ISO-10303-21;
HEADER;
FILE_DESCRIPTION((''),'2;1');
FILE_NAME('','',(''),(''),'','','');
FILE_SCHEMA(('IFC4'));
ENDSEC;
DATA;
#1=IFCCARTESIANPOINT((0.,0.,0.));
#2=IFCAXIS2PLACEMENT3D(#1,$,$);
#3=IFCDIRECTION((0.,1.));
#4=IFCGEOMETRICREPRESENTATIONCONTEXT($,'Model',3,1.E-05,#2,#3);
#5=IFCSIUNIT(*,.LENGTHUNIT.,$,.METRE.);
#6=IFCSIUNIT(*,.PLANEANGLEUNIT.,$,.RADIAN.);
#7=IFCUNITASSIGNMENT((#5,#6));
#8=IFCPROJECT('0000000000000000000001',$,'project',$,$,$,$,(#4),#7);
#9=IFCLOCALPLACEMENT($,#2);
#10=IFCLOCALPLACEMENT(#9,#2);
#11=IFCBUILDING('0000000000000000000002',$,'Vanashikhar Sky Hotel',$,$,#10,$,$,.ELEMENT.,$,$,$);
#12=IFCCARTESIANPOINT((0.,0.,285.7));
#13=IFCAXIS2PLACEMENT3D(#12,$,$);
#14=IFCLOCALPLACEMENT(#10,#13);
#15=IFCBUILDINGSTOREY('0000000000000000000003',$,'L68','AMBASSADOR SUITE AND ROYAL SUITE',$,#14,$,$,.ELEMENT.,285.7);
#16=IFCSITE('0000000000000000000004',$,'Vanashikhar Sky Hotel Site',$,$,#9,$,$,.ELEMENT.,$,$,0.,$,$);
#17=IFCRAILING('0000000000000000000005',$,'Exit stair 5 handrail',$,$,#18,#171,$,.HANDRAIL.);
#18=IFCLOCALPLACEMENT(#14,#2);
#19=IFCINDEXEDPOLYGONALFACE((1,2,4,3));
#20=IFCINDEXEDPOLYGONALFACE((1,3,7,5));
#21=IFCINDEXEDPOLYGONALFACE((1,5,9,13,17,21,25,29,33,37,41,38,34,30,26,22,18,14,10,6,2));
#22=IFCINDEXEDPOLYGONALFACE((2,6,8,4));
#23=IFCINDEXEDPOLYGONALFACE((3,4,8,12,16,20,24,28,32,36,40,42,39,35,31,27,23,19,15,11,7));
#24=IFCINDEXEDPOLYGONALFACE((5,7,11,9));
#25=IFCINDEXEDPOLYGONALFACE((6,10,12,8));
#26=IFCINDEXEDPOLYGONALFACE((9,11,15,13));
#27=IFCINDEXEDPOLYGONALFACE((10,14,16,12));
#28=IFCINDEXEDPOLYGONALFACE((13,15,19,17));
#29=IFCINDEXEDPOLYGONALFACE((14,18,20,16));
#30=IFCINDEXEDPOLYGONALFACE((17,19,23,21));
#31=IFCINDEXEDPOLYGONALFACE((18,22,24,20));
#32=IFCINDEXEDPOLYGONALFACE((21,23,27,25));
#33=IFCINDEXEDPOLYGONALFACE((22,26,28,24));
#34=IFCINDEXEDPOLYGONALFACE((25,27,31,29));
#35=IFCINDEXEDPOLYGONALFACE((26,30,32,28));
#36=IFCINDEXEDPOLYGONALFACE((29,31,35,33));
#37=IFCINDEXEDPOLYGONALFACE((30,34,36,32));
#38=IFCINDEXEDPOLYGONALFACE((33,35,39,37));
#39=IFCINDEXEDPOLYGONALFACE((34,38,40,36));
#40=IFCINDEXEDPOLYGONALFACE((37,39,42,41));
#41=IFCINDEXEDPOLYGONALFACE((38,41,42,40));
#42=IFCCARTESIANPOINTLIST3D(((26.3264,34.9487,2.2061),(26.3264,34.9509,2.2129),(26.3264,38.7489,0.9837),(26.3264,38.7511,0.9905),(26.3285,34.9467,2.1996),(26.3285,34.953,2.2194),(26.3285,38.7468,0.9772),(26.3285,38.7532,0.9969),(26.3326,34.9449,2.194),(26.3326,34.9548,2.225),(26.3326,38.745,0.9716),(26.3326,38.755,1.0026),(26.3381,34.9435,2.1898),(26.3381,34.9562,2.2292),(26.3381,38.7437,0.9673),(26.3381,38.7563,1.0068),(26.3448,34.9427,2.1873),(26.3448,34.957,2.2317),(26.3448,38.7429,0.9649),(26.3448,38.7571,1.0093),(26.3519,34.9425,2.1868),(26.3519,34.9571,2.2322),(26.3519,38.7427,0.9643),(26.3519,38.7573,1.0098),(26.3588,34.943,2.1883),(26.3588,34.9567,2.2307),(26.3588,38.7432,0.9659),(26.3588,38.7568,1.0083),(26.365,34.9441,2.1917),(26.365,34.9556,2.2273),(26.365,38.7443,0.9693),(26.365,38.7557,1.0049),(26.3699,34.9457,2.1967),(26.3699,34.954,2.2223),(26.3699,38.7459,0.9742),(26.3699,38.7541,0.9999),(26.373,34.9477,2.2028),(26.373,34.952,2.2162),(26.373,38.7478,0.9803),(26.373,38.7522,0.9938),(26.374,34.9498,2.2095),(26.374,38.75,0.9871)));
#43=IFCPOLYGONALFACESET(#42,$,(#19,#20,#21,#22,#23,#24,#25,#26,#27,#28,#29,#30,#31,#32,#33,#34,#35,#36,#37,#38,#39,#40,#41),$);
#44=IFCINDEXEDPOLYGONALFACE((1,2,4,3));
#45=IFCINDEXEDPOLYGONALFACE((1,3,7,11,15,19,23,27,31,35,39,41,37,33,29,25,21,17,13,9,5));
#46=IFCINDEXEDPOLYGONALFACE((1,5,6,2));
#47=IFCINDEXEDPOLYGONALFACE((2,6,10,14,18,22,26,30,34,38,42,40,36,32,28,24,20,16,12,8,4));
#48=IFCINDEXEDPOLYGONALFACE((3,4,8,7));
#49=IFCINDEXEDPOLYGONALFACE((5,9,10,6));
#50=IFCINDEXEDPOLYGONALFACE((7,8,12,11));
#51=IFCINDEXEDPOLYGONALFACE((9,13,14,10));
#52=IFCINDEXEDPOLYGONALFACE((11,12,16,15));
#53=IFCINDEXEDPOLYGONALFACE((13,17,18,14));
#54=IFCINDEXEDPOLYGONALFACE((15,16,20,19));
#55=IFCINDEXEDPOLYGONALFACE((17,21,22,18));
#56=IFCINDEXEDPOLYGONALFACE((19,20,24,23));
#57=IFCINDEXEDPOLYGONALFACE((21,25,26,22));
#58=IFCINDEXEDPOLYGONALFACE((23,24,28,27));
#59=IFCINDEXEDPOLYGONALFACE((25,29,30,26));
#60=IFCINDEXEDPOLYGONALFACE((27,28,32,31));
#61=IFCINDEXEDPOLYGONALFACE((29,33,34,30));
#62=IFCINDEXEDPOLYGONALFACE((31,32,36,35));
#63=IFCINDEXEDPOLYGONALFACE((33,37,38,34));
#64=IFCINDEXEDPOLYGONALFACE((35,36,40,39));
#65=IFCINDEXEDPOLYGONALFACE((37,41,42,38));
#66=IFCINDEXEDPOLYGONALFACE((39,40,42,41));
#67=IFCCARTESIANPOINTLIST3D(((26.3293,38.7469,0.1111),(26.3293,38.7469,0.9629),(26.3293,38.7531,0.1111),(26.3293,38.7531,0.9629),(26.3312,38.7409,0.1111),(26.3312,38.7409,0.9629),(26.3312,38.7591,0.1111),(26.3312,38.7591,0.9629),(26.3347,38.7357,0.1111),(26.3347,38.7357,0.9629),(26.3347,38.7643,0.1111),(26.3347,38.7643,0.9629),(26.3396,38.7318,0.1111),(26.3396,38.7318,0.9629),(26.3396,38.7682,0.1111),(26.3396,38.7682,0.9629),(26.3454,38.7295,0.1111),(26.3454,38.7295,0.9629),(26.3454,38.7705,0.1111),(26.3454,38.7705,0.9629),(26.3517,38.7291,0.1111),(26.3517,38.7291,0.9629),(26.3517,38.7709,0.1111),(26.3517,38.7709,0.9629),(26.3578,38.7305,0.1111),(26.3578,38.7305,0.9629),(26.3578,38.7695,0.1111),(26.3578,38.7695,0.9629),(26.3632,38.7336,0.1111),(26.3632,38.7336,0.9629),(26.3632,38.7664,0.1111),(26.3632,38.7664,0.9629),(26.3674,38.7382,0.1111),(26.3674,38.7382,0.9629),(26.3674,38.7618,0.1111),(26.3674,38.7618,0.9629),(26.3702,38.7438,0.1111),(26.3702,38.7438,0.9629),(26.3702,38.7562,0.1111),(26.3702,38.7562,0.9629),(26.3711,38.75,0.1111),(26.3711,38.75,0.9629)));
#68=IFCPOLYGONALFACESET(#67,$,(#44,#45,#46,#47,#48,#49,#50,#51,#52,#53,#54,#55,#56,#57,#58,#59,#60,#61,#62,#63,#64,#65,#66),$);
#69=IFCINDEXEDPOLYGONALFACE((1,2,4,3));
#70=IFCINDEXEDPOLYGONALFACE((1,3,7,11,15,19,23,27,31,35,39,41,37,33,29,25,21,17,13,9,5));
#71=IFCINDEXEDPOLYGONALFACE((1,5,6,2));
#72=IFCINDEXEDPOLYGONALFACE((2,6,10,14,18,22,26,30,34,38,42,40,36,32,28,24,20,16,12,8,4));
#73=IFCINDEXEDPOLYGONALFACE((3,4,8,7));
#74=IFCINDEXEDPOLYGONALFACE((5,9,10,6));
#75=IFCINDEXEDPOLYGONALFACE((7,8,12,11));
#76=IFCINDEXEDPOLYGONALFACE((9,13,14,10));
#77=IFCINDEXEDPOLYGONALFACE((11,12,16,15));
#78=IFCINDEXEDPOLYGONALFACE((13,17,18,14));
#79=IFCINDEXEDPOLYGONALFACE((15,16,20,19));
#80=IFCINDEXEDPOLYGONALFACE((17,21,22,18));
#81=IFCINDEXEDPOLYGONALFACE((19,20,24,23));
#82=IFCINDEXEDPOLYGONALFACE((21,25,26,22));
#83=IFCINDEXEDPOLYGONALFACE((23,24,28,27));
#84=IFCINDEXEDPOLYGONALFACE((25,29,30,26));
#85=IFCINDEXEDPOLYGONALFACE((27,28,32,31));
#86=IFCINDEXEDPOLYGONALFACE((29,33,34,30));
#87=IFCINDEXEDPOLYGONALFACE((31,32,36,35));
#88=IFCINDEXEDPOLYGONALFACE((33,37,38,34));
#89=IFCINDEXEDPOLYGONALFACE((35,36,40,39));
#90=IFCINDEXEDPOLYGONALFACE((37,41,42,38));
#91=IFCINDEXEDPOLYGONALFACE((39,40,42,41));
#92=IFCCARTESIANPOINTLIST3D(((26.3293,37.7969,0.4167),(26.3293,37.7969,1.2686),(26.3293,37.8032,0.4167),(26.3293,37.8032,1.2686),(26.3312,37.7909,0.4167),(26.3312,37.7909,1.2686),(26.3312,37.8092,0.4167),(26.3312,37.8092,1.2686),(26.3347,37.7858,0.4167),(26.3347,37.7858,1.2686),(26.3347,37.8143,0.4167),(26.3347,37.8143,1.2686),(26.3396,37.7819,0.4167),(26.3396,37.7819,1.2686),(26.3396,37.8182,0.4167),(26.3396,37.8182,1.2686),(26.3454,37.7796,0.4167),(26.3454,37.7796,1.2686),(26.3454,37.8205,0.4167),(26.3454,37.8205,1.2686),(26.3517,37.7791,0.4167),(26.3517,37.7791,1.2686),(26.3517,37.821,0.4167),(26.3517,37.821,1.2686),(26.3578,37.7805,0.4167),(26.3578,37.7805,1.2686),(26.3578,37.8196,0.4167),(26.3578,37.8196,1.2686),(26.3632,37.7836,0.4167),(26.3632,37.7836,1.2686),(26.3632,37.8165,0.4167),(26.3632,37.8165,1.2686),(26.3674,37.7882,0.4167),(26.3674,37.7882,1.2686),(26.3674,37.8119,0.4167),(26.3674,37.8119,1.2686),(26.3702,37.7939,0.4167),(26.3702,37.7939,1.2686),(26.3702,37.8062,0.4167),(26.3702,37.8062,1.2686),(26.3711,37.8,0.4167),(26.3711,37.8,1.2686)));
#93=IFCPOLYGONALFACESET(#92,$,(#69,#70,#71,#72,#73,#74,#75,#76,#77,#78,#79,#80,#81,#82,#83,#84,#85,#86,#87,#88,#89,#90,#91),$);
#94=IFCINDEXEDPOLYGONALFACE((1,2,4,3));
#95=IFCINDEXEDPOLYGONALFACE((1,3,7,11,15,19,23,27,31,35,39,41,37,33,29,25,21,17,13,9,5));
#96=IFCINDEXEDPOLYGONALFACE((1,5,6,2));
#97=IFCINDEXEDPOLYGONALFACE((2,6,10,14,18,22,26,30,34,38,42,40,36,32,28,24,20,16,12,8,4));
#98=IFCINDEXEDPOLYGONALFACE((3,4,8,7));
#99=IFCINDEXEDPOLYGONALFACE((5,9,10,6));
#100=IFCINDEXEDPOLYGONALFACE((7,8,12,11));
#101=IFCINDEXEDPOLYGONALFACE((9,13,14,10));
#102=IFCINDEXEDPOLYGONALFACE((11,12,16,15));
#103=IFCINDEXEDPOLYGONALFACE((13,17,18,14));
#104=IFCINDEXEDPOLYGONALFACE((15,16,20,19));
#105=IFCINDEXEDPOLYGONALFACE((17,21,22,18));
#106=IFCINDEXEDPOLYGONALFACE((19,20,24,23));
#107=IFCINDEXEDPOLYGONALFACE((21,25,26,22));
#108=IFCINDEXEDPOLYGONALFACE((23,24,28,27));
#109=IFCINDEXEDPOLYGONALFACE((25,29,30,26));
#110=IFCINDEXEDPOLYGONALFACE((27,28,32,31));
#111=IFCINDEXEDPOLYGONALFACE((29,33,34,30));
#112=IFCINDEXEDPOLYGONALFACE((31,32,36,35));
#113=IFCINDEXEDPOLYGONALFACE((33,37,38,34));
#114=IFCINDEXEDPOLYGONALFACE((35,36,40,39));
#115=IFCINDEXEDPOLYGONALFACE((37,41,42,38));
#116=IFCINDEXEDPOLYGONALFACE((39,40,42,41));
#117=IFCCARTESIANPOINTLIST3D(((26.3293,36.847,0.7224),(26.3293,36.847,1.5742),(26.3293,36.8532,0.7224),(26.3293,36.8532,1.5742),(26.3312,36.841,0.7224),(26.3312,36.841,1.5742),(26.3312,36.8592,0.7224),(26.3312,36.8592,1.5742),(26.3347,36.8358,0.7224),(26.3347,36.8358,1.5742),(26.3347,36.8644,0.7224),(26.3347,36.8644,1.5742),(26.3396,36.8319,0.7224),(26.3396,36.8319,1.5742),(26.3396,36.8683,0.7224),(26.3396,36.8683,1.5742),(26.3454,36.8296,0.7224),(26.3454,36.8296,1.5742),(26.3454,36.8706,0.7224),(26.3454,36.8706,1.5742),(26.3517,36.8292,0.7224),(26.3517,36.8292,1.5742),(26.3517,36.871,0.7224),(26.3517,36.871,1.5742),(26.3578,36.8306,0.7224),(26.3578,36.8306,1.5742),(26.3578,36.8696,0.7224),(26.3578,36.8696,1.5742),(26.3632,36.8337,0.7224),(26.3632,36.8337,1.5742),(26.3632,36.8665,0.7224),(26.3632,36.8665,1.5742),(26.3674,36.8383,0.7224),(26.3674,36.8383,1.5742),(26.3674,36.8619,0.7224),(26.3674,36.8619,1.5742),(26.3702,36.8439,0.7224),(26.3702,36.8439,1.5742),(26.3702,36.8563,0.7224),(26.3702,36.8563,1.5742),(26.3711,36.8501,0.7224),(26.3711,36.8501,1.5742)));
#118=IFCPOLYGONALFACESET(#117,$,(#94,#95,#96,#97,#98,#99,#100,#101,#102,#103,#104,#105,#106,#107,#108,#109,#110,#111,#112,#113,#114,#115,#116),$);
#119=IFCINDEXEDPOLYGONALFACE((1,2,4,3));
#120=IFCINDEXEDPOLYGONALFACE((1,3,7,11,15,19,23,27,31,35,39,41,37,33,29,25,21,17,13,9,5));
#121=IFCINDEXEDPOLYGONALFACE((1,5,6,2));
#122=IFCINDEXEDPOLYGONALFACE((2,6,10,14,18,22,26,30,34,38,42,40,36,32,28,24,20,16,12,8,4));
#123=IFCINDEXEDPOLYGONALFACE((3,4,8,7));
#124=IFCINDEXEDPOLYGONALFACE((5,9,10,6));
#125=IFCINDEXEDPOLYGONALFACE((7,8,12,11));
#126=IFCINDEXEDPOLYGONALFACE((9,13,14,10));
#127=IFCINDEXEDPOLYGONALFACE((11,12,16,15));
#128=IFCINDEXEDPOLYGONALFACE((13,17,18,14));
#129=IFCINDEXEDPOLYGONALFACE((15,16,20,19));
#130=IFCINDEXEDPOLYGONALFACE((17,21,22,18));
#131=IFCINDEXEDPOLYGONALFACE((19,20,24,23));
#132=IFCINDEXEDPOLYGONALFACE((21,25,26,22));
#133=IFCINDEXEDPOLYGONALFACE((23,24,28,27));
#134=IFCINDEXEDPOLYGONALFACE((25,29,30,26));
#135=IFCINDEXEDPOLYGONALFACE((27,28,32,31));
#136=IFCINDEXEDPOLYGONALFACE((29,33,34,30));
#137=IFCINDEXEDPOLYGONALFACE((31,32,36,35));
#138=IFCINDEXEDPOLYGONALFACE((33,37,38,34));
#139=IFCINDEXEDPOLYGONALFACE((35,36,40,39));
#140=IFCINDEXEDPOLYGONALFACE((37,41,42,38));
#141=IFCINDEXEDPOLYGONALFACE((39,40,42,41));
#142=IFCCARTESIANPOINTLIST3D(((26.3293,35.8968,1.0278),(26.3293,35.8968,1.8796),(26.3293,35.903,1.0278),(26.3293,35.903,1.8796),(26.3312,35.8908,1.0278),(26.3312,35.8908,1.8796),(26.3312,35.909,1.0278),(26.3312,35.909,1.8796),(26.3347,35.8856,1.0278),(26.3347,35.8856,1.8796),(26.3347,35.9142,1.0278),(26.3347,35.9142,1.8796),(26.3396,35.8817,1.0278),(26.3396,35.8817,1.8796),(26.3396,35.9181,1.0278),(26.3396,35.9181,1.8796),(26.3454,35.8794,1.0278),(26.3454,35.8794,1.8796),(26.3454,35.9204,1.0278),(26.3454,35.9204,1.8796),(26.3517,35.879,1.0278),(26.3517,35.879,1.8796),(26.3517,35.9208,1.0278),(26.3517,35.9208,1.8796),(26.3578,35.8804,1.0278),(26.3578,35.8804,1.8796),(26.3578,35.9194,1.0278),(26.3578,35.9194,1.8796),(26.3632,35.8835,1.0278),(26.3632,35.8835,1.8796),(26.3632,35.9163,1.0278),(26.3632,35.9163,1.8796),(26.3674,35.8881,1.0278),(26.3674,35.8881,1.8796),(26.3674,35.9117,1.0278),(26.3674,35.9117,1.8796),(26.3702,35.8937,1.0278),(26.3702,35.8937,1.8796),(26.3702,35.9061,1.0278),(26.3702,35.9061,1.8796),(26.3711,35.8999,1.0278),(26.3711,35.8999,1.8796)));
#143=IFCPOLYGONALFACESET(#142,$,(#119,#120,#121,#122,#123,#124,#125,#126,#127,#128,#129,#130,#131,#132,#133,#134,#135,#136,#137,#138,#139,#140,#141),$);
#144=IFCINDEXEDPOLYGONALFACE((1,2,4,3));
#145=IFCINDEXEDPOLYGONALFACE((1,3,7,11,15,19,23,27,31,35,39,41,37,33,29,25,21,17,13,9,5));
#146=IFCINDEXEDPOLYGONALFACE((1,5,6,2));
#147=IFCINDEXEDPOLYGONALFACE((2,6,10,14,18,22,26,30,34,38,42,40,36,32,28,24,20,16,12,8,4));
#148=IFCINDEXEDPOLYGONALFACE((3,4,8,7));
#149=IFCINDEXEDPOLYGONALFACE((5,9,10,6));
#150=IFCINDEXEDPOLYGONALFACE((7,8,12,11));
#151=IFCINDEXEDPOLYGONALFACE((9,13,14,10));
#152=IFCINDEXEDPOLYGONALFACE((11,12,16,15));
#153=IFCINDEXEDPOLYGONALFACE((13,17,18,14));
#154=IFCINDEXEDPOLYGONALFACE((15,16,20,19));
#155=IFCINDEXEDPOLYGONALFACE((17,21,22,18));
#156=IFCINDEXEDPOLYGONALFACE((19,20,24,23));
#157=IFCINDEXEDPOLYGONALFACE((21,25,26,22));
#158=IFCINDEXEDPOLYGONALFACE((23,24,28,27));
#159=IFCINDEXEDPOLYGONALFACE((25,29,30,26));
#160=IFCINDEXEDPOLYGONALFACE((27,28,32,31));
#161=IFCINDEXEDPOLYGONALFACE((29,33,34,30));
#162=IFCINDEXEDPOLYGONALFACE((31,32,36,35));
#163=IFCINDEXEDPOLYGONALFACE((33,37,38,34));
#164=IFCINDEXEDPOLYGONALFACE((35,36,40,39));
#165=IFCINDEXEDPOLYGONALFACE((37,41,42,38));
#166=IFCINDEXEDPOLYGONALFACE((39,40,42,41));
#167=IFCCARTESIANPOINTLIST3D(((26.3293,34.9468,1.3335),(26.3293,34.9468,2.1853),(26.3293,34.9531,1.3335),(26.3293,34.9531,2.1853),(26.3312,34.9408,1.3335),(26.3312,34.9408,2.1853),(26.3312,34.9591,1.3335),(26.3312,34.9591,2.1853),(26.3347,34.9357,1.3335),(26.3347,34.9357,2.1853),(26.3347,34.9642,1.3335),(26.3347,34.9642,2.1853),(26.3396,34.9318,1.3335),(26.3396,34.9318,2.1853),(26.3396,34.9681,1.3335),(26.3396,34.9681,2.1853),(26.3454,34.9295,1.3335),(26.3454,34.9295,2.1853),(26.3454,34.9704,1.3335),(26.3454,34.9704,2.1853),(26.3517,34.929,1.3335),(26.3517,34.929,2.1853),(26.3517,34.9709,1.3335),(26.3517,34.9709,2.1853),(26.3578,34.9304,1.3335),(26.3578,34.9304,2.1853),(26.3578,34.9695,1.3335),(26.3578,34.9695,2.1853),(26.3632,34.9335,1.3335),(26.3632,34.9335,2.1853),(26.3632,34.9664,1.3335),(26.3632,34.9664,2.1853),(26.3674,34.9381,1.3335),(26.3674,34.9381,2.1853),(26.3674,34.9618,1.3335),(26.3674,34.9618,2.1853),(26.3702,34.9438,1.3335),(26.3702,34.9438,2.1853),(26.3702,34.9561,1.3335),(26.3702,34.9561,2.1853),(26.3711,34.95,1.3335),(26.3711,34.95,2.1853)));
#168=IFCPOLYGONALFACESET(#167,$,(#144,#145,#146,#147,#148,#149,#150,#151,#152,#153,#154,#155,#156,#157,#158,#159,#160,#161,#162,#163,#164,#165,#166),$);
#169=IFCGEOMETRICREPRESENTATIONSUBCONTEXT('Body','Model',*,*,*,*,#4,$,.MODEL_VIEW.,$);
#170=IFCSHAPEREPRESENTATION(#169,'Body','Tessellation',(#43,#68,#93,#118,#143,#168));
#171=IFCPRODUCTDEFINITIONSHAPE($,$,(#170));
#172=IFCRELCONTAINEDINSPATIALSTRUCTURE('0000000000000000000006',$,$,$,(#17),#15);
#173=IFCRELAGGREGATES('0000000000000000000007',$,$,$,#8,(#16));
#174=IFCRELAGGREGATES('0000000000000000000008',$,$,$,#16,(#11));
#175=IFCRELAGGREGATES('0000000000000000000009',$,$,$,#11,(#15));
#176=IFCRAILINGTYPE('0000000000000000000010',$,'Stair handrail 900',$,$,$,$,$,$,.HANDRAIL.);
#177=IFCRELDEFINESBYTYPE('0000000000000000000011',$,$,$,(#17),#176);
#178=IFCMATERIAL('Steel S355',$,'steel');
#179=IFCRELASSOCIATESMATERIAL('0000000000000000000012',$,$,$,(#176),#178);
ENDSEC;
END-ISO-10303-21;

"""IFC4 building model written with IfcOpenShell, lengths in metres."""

from ifc_helpers import new_model, si_unit, direction, frame, origin, origin_2d, place, context, subcontext, project, spatial, circle, extrude, source, transform, mapped, material, type_object, element, save


model = new_model("IFC4")

# Units and contexts
model_context = context("Model", 3, precision=1e-05, world=origin(), true_north=direction((0.0, 1.0)))
body_context = subcontext(model_context, "Body", "Model", "MODEL_VIEW")
ifc_project = project(units=[si_unit("LENGTHUNIT", "METRE"), si_unit("PLANEANGLEUNIT", "RADIAN")], contexts=[model_context])

# Site, building, storey
site_placement = place(None, origin())
site = spatial("IfcSite", under=ifc_project, at=site_placement, Name="Vanashikhar Sky Hotel Site", CompositionType="ELEMENT", RefElevation=0.0)
building_placement = place(site_placement, origin())
building = spatial("IfcBuilding", under=site, at=building_placement, Name="Vanashikhar Sky Hotel", CompositionType="ELEMENT")
storey_placement = place(building_placement, frame((0.0, 0.0, 285.7)))
storey = spatial("IfcBuildingStorey", under=building, at=storey_placement, Name="L68", Description="AMBASSADOR SUITE AND ROYAL SUITE", CompositionType="ELEMENT", Elevation=285.7)

# Railing
ifc_material_1 = material(Name="Steel S355", Category="steel")
railing_type_1 = type_object("IfcRailingType", Name="Stair handrail 900", PredefinedType="HANDRAIL", material=ifc_material_1)
shared_shape_1 = source(origin(), body_context, "Body", "SweptSolid", [
    extrude(circle(Radius=0.0239, at=origin_2d()), frame((0.0, 0.0, 0.876), z_axis=(0.0, -0.951958, 0.306229), x_axis=(1.0, 0.0, 0.0)), (0.0, 0.0, 1.0), 3.9919),
    extrude(circle(Radius=0.021, at=origin_2d()), origin(), (0.0, 0.0, 1.0), 0.8518),
    extrude(circle(Radius=0.021, at=origin_2d()), frame((0.0, -0.95, 0.3057)), (0.0, 0.0, 1.0), 0.8518),
    extrude(circle(Radius=0.021, at=origin_2d()), frame((0.0, -1.8999, 0.6113)), (0.0, 0.0, 1.0), 0.8518),
    extrude(circle(Radius=0.021, at=origin_2d()), frame((0.0, -2.8501, 0.9167)), (0.0, 0.0, 1.0), 0.8518),
    extrude(circle(Radius=0.021, at=origin_2d()), frame((0.0, -3.8, 1.2224)), (0.0, 0.0, 1.0), 0.8518),
])
railing_1_placement = place(storey_placement, frame((26.3501, 38.75, 0.1111)))
element("IfcRailing", 1, at=railing_1_placement, inside=storey, type_object=railing_type_1, Name="Exit stair 5 handrail", PredefinedType="HANDRAIL", context=body_context, shape_type="MappedRepresentation", body=[
    mapped(shared_shape_1, transform((0.0, 0.0, 0.0), scale=1.0)),
])

save(model, "model.ifc")
